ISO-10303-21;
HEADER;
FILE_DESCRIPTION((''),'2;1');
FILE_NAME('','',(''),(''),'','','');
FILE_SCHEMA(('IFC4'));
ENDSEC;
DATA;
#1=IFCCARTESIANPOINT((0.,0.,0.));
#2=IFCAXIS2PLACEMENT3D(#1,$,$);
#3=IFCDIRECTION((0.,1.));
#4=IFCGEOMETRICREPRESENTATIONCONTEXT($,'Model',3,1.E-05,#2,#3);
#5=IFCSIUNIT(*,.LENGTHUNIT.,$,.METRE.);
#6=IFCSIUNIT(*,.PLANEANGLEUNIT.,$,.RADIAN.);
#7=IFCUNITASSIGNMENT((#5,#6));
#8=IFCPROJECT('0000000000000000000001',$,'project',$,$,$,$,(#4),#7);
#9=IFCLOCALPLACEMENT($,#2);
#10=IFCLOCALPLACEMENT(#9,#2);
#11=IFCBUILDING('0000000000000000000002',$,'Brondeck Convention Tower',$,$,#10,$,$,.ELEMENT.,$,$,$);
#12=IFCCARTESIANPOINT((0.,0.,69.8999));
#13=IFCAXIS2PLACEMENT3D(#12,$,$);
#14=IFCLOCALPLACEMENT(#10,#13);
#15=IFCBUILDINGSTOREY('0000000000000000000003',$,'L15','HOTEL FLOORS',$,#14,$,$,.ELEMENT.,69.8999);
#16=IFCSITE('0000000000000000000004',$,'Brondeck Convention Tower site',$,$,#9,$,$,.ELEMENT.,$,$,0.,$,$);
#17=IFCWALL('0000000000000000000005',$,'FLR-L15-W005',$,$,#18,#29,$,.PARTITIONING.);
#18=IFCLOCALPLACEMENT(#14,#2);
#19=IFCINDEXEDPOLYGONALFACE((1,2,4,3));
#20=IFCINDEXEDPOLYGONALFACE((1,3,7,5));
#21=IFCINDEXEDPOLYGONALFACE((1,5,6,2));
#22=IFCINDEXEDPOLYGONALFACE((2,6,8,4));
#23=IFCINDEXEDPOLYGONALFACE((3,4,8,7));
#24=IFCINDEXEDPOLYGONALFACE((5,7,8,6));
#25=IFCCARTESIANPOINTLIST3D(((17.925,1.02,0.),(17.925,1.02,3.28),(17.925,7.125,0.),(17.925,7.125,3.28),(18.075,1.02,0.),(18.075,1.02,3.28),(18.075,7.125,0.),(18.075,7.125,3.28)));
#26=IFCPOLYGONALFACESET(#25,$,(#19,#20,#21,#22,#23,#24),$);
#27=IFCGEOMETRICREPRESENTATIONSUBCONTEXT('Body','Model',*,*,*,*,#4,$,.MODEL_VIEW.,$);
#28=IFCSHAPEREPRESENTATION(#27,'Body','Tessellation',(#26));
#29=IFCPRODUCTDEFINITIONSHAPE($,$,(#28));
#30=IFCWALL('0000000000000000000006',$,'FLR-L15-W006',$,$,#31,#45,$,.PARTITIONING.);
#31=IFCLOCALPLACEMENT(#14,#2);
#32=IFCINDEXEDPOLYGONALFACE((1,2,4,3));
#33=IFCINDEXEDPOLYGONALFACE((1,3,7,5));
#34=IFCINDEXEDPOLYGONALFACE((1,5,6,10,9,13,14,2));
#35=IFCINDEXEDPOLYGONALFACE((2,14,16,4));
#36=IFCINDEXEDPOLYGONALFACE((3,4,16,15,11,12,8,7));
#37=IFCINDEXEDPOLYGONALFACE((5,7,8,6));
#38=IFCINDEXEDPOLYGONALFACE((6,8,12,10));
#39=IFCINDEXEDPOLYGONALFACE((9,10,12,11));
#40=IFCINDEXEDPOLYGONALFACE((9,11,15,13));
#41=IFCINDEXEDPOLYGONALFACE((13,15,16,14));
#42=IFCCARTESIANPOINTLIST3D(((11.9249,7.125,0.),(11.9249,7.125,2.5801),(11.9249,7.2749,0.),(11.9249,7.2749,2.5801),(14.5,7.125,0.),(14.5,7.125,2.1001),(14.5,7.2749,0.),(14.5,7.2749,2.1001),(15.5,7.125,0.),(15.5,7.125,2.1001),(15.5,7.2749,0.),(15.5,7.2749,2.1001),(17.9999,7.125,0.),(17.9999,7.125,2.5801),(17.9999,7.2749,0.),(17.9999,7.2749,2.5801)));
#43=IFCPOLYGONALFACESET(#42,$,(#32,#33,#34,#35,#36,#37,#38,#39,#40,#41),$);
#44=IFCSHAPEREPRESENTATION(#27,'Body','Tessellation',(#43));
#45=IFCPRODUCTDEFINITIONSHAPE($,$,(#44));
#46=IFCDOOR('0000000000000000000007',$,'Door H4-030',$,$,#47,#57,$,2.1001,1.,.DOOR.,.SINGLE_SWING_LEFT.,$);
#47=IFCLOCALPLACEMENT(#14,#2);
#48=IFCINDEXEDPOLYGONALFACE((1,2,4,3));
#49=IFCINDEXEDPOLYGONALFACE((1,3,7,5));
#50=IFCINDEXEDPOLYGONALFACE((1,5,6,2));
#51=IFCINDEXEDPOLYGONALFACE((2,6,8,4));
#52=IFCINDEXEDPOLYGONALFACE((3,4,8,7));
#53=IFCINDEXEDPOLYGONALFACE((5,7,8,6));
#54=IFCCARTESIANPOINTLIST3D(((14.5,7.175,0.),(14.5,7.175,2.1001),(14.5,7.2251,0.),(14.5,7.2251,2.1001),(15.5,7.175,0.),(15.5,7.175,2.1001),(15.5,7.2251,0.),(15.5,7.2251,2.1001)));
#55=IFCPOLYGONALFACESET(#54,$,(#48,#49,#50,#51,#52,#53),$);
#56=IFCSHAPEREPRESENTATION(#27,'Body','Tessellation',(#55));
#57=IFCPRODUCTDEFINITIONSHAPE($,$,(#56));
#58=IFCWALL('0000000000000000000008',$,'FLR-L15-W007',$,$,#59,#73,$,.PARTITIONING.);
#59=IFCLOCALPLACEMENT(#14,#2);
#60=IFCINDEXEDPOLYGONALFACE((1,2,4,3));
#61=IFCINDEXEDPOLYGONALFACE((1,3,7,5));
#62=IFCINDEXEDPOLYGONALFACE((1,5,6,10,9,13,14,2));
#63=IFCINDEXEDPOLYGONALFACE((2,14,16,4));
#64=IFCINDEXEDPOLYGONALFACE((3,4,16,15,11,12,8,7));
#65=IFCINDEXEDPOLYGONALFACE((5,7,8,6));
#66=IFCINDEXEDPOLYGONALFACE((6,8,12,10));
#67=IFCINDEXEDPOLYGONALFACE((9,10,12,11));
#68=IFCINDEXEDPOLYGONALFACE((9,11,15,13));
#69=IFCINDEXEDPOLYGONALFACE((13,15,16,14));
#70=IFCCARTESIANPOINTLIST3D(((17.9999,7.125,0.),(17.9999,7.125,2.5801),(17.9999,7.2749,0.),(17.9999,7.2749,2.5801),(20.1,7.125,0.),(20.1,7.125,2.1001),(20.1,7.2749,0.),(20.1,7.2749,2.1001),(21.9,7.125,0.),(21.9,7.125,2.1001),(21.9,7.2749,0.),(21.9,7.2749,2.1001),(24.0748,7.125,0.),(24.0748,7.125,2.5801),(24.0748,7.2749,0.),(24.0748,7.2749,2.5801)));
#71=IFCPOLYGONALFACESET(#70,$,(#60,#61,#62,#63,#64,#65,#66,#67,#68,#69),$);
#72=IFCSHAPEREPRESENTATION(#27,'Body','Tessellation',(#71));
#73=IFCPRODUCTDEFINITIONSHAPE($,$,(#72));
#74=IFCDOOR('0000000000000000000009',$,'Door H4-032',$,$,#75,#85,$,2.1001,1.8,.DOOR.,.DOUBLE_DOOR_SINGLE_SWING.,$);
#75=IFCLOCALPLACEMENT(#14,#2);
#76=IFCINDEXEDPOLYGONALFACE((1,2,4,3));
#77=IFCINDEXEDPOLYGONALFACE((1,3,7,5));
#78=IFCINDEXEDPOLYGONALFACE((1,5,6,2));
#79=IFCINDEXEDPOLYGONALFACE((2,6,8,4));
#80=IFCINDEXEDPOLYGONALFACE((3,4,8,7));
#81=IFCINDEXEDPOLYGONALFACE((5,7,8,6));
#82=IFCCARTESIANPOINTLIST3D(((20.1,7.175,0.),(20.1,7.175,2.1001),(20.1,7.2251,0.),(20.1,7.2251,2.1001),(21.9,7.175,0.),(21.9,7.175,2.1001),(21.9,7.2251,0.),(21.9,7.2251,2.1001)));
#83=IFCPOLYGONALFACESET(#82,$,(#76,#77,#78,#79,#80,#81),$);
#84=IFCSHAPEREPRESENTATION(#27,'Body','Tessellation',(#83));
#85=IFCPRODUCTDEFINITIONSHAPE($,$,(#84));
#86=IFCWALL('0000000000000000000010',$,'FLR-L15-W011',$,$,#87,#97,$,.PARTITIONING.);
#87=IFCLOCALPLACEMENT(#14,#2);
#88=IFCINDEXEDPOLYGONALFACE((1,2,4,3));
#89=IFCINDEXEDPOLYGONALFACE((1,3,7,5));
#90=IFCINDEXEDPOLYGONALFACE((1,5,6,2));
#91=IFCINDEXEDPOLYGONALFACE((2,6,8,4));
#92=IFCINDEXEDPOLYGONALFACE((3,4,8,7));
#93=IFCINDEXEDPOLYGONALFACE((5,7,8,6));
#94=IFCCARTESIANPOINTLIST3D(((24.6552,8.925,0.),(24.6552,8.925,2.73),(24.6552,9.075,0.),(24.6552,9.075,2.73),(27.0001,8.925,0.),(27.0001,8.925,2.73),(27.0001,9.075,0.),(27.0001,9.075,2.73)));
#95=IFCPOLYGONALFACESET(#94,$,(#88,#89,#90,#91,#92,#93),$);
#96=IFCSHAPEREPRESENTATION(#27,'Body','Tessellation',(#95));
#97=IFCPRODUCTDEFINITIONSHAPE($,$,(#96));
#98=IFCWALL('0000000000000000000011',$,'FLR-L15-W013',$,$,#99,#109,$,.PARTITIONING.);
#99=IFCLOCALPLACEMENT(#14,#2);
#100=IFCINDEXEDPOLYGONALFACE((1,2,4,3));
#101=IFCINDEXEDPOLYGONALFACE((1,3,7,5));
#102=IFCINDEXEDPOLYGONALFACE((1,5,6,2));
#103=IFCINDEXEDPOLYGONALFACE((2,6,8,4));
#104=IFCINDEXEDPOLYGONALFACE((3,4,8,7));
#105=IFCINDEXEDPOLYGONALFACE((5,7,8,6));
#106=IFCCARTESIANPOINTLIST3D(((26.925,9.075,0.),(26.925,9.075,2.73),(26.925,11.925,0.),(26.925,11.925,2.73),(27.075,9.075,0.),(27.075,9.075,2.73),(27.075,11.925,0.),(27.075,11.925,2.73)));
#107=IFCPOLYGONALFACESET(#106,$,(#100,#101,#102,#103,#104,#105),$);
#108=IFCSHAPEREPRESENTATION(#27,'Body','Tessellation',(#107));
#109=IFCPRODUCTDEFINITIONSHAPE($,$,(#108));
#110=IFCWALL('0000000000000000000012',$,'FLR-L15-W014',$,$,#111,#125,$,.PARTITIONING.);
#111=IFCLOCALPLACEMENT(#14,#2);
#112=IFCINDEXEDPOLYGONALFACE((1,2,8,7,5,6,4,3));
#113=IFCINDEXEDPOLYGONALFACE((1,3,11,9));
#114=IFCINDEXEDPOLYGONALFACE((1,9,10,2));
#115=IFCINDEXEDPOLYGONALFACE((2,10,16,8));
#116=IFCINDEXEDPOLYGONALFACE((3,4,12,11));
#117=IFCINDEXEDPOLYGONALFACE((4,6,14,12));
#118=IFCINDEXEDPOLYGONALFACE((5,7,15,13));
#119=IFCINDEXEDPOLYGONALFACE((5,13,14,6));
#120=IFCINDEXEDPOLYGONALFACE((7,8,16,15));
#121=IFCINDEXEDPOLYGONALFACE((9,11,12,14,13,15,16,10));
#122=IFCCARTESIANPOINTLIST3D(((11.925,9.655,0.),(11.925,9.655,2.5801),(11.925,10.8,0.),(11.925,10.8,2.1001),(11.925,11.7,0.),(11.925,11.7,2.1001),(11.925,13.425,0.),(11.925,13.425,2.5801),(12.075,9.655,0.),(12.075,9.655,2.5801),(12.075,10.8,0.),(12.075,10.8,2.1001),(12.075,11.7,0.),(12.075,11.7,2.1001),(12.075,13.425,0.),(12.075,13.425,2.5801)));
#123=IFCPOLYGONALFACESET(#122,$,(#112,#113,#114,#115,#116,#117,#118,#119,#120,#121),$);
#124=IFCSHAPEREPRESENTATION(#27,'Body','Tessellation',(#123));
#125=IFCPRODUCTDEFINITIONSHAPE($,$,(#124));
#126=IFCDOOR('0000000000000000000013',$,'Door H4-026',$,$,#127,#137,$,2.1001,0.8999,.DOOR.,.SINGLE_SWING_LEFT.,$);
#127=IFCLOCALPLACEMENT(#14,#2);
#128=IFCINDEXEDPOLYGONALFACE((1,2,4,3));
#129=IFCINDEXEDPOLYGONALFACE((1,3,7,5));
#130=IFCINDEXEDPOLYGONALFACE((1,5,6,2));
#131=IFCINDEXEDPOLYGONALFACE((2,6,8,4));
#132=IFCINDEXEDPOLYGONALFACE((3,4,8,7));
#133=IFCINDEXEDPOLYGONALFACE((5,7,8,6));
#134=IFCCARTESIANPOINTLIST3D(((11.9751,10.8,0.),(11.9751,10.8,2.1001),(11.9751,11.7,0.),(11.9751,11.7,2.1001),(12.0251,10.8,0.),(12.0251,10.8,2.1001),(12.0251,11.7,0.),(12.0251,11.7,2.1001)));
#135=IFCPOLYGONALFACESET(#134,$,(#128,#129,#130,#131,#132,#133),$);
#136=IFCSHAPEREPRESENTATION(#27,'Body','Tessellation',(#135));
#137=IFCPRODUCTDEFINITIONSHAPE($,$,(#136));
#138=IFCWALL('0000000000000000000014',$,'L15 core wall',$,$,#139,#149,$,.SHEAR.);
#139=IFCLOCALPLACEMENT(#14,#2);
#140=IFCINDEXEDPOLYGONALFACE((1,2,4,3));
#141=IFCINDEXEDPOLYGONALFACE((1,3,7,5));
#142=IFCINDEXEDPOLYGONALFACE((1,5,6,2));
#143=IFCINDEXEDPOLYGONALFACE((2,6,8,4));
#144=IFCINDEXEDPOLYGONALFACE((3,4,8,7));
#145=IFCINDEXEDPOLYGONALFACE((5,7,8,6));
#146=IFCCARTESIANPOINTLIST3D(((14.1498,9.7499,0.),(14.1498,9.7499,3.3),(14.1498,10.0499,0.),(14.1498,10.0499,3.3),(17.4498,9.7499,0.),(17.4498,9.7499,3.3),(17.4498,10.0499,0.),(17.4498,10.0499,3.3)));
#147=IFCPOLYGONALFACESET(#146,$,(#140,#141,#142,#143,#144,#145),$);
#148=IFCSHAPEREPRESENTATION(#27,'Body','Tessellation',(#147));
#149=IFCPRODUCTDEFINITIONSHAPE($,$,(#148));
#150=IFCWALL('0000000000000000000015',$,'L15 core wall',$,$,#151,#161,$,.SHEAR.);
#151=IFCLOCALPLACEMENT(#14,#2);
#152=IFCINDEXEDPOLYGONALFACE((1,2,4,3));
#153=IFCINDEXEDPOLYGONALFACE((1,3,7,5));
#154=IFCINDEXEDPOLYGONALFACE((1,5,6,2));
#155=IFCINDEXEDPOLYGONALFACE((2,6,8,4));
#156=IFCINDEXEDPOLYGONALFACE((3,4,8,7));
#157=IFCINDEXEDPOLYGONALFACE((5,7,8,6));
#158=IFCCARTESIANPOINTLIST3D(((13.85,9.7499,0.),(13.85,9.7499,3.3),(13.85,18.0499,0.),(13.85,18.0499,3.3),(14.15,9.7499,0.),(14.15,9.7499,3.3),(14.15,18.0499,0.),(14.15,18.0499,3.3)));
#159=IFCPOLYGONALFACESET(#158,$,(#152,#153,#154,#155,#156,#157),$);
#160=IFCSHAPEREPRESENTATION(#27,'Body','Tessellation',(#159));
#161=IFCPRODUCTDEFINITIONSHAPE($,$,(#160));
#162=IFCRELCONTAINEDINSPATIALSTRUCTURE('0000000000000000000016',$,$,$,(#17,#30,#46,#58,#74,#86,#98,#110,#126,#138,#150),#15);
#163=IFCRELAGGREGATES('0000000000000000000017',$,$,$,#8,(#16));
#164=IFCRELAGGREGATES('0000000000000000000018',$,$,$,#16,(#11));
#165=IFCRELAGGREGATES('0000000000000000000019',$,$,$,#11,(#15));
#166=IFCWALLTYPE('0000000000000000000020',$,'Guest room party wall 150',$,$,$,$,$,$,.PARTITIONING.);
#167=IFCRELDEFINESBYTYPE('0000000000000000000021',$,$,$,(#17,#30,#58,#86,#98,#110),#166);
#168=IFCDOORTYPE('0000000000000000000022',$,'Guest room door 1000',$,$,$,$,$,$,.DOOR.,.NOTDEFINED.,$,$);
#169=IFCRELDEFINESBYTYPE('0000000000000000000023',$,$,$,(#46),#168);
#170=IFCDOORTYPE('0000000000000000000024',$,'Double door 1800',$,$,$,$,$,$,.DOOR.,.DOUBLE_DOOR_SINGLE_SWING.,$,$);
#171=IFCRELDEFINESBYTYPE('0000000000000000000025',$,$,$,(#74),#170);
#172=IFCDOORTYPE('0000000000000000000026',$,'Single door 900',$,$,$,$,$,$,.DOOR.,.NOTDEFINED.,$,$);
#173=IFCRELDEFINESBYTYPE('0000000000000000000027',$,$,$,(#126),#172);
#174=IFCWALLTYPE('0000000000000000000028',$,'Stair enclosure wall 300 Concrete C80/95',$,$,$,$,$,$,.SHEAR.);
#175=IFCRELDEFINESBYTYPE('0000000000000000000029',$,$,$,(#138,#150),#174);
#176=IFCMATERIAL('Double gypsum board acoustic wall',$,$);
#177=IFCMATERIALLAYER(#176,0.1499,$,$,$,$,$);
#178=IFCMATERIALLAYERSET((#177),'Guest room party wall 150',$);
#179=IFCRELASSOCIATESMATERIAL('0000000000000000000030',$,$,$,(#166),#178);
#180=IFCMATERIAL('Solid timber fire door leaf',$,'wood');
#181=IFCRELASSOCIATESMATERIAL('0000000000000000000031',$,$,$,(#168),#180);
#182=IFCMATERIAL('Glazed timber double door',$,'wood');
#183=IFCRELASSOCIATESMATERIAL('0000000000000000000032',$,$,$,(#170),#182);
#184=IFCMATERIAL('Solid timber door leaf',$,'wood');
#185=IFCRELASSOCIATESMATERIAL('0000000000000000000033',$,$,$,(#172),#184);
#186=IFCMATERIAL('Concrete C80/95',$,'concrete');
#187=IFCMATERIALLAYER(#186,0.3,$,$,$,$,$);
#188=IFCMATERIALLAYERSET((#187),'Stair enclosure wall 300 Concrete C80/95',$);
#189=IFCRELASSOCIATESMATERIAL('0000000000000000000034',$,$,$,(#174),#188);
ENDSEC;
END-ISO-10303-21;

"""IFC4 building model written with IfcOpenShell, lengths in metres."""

from ifc_helpers import new_model, si_unit, direction, frame, frame_2d, origin, place, context, subcontext, project, spatial, rectangle, extrude, material, layer, layer_set, type_object, element, fill, save


model = new_model("IFC4")

# Units and contexts
model_context = context("Model", 3, precision=1e-05, world=origin(), true_north=direction((0.0, 1.0)))
body_context = subcontext(model_context, "Body", "Model", "MODEL_VIEW")
ifc_project = project(units=[si_unit("LENGTHUNIT", "METRE"), si_unit("PLANEANGLEUNIT", "RADIAN")], contexts=[model_context])

# Site, building, storey
site_placement = place(None, origin())
site = spatial("IfcSite", under=ifc_project, at=site_placement, Name="Brondeck Convention Tower site", CompositionType="ELEMENT", RefElevation=0.0)
building_placement = place(site_placement, origin())
building = spatial("IfcBuilding", under=site, at=building_placement, Name="Brondeck Convention Tower", CompositionType="ELEMENT")
storey_placement = place(building_placement, frame((0.0, 0.0, 69.8999)))
storey = spatial("IfcBuildingStorey", under=building, at=storey_placement, Name="L15", Description="HOTEL FLOORS", CompositionType="ELEMENT", Elevation=69.8999)

# Shared definitions
ifc_material_1 = material(Name="Concrete C80/95", Category="concrete")

# Wall
ifc_material_2 = material(Name="Double gypsum board acoustic wall")
ifc_layer_1 = layer(ifc_material_2, 0.1499)
ifc_layer_set_1 = layer_set([ifc_layer_1], Name="Guest room party wall 150")
wall_type_1 = type_object("IfcWallType", Name="Guest room party wall 150", PredefinedType="PARTITIONING", material=ifc_layer_set_1)
wall_1_placement = place(storey_placement, frame((18.0, 7.125, 0.0), z_axis=(0.0, 0.0, 1.0), x_axis=(0.0, -1.0, 0.0)))
element("IfcWall", 1, at=wall_1_placement, inside=storey, type_object=wall_type_1, Name="FLR-L15-W005", PredefinedType="PARTITIONING", context=body_context, shape_type="SweptSolid", body=[
    extrude(rectangle(XDim=6.105, YDim=0.1499, at=frame_2d((3.0525, 0.0))), origin(), (0.0, 0.0, 1.0), 3.28),
])

# Walls, openings, doors
wall_2_placement = place(storey_placement, frame((18.0, 7.2, 0.0), z_axis=(0.0, 0.0, 1.0), x_axis=(-1.0, 0.0, 0.0)))
wall_2 = element("IfcWall", 2, at=wall_2_placement, inside=storey, type_object=wall_type_1, Name="FLR-L15-W006", PredefinedType="PARTITIONING", context=body_context, shape_type="SweptSolid", body=[
    extrude(rectangle(XDim=6.075, YDim=0.1499, at=frame_2d((3.0376, 0.0))), origin(), (0.0, 0.0, 1.0), 2.5801),
])
opening_1_placement = place(wall_2_placement, frame((2.5, 0.0, 0.0)))
opening_1 = element("IfcOpeningElement", 3, at=opening_1_placement, cuts=wall_2, PredefinedType="OPENING", context=body_context, shape_type="SweptSolid", body=[
    extrude(rectangle(XDim=1.0, YDim=2.1001, at=frame_2d((0.5, 1.05))), frame((0.0, 0.085, 0.0), z_axis=(0.0, -1.0, 0.0), x_axis=(1.0, 0.0, 0.0)), (0.0, 0.0, 1.0), 0.1699),
])
ifc_material_3 = material(Name="Solid timber fire door leaf", Category="wood")
door_type_1 = type_object("IfcDoorType", Name="Guest room door 1000", OperationType="NOTDEFINED", PredefinedType="DOOR", material=ifc_material_3)
door_1_placement = place(opening_1_placement, origin())
door_1 = element("IfcDoor", 4, at=door_1_placement, inside=storey, type_object=door_type_1, Name="Door H4-030", OperationType="SINGLE_SWING_LEFT", OverallHeight=2.1001, OverallWidth=1.0, PredefinedType="DOOR", context=body_context, shape_type="SweptSolid", body=[
    extrude(rectangle(XDim=1.0, YDim=2.1001, at=frame_2d((0.5, 1.05))), frame((0.0, 0.0249, 0.0), z_axis=(0.0, -1.0, 0.0), x_axis=(1.0, 0.0, 0.0)), (0.0, 0.0, 1.0), 0.05),
])
fill(opening_1, door_1)
wall_3_placement = place(storey_placement, frame((24.075, 7.2, 0.0), z_axis=(0.0, 0.0, 1.0), x_axis=(-1.0, 0.0, 0.0)))
wall_3 = element("IfcWall", 5, at=wall_3_placement, inside=storey, type_object=wall_type_1, Name="FLR-L15-W007", PredefinedType="PARTITIONING", context=body_context, shape_type="SweptSolid", body=[
    extrude(rectangle(XDim=6.075, YDim=0.1499, at=frame_2d((3.0376, 0.0))), origin(), (0.0, 0.0, 1.0), 2.5801),
])
opening_2_placement = place(wall_3_placement, frame((2.175, 0.0, 0.0)))
opening_2 = element("IfcOpeningElement", 6, at=opening_2_placement, cuts=wall_3, PredefinedType="OPENING", context=body_context, shape_type="SweptSolid", body=[
    extrude(rectangle(XDim=1.8, YDim=2.1001, at=frame_2d((0.8999, 1.05))), frame((0.0, 0.085, 0.0), z_axis=(0.0, -1.0, 0.0), x_axis=(1.0, 0.0, 0.0)), (0.0, 0.0, 1.0), 0.1699),
])
ifc_material_4 = material(Name="Glazed timber double door", Category="wood")
door_type_2 = type_object("IfcDoorType", Name="Double door 1800", OperationType="DOUBLE_DOOR_SINGLE_SWING", PredefinedType="DOOR", material=ifc_material_4)
door_2_placement = place(opening_2_placement, origin())
door_2 = element("IfcDoor", 7, at=door_2_placement, inside=storey, type_object=door_type_2, Name="Door H4-032", OperationType="DOUBLE_DOOR_SINGLE_SWING", OverallHeight=2.1001, OverallWidth=1.8, PredefinedType="DOOR", context=body_context, shape_type="SweptSolid", body=[
    extrude(rectangle(XDim=1.8, YDim=2.1001, at=frame_2d((0.8999, 1.05))), frame((0.0, 0.0249, 0.0), z_axis=(0.0, -1.0, 0.0), x_axis=(1.0, 0.0, 0.0)), (0.0, 0.0, 1.0), 0.05),
])
fill(opening_2, door_2)

# Walls
wall_4_placement = place(storey_placement, frame((27.0, 9.0, 0.0), z_axis=(0.0, 0.0, 1.0), x_axis=(-1.0, 0.0, 0.0)))
element("IfcWall", 8, at=wall_4_placement, inside=storey, type_object=wall_type_1, Name="FLR-L15-W011", PredefinedType="PARTITIONING", context=body_context, shape_type="SweptSolid", body=[
    extrude(rectangle(XDim=2.345, YDim=0.1499, at=frame_2d((1.1724, 0.0))), origin(), (0.0, 0.0, 1.0), 2.73),
])
wall_5_placement = place(storey_placement, frame((27.0, 9.075, 0.0), z_axis=(0.0, 0.0, 1.0), x_axis=(0.0, 1.0, 0.0)))
element("IfcWall", 9, at=wall_5_placement, inside=storey, type_object=wall_type_1, Name="FLR-L15-W013", PredefinedType="PARTITIONING", context=body_context, shape_type="SweptSolid", body=[
    extrude(rectangle(XDim=2.8501, YDim=0.1499, at=frame_2d((1.425, 0.0))), origin(), (0.0, 0.0, 1.0), 2.73),
])

# Wall, opening, door
wall_6_placement = place(storey_placement, frame((12.0, 9.655, 0.0), z_axis=(0.0, 0.0, 1.0), x_axis=(0.0, 1.0, 0.0)))
wall_6 = element("IfcWall", 10, at=wall_6_placement, inside=storey, type_object=wall_type_1, Name="FLR-L15-W014", PredefinedType="PARTITIONING", context=body_context, shape_type="SweptSolid", body=[
    extrude(rectangle(XDim=3.77, YDim=0.1499, at=frame_2d((1.885, 0.0))), origin(), (0.0, 0.0, 1.0), 2.5801),
])
opening_3_placement = place(wall_6_placement, frame((1.145, 0.0, 0.0)))
opening_3 = element("IfcOpeningElement", 11, at=opening_3_placement, cuts=wall_6, PredefinedType="OPENING", context=body_context, shape_type="SweptSolid", body=[
    extrude(rectangle(XDim=0.8999, YDim=2.1001, at=frame_2d((0.45, 1.05))), frame((0.0, 0.085, 0.0), z_axis=(0.0, -1.0, 0.0), x_axis=(1.0, 0.0, 0.0)), (0.0, 0.0, 1.0), 0.1699),
])
ifc_material_5 = material(Name="Solid timber door leaf", Category="wood")
door_type_3 = type_object("IfcDoorType", Name="Single door 900", OperationType="NOTDEFINED", PredefinedType="DOOR", material=ifc_material_5)
door_3_placement = place(opening_3_placement, origin())
door_3 = element("IfcDoor", 12, at=door_3_placement, inside=storey, type_object=door_type_3, Name="Door H4-026", OperationType="SINGLE_SWING_LEFT", OverallHeight=2.1001, OverallWidth=0.8999, PredefinedType="DOOR", context=body_context, shape_type="SweptSolid", body=[
    extrude(rectangle(XDim=0.8999, YDim=2.1001, at=frame_2d((0.45, 1.05))), frame((0.0, 0.0249, 0.0), z_axis=(0.0, -1.0, 0.0), x_axis=(1.0, 0.0, 0.0)), (0.0, 0.0, 1.0), 0.05),
])
fill(opening_3, door_3)

# Walls
ifc_layer_2 = layer(ifc_material_1, 0.3)
ifc_layer_set_2 = layer_set([ifc_layer_2], Name="Stair enclosure wall 300 Concrete C80/95")
wall_type_2 = type_object("IfcWallType", Name="Stair enclosure wall 300 Concrete C80/95", PredefinedType="SHEAR", material=ifc_layer_set_2)
wall_7_placement = place(storey_placement, frame((14.1499, 9.8999, 0.0), z_axis=(0.0, 0.0, 1.0), x_axis=(1.0, 0.0, 0.0)))
element("IfcWall", 13, at=wall_7_placement, inside=storey, type_object=wall_type_2, Name="L15 core wall", PredefinedType="SHEAR", context=body_context, shape_type="SweptSolid", body=[
    extrude(rectangle(XDim=3.3, YDim=0.3, at=frame_2d((1.6499, 0.0))), origin(), (0.0, 0.0, 1.0), 3.3),
])
wall_8_placement = place(storey_placement, frame((14.0, 9.75, 0.0), z_axis=(0.0, 0.0, 1.0), x_axis=(0.0, 1.0, 0.0)))
element("IfcWall", 14, at=wall_8_placement, inside=storey, type_object=wall_type_2, Name="L15 core wall", PredefinedType="SHEAR", context=body_context, shape_type="SweptSolid", body=[
    extrude(rectangle(XDim=8.3, YDim=0.3, at=frame_2d((4.1499, 0.0))), origin(), (0.0, 0.0, 1.0), 3.3),
])

save(model, "model.ifc")
